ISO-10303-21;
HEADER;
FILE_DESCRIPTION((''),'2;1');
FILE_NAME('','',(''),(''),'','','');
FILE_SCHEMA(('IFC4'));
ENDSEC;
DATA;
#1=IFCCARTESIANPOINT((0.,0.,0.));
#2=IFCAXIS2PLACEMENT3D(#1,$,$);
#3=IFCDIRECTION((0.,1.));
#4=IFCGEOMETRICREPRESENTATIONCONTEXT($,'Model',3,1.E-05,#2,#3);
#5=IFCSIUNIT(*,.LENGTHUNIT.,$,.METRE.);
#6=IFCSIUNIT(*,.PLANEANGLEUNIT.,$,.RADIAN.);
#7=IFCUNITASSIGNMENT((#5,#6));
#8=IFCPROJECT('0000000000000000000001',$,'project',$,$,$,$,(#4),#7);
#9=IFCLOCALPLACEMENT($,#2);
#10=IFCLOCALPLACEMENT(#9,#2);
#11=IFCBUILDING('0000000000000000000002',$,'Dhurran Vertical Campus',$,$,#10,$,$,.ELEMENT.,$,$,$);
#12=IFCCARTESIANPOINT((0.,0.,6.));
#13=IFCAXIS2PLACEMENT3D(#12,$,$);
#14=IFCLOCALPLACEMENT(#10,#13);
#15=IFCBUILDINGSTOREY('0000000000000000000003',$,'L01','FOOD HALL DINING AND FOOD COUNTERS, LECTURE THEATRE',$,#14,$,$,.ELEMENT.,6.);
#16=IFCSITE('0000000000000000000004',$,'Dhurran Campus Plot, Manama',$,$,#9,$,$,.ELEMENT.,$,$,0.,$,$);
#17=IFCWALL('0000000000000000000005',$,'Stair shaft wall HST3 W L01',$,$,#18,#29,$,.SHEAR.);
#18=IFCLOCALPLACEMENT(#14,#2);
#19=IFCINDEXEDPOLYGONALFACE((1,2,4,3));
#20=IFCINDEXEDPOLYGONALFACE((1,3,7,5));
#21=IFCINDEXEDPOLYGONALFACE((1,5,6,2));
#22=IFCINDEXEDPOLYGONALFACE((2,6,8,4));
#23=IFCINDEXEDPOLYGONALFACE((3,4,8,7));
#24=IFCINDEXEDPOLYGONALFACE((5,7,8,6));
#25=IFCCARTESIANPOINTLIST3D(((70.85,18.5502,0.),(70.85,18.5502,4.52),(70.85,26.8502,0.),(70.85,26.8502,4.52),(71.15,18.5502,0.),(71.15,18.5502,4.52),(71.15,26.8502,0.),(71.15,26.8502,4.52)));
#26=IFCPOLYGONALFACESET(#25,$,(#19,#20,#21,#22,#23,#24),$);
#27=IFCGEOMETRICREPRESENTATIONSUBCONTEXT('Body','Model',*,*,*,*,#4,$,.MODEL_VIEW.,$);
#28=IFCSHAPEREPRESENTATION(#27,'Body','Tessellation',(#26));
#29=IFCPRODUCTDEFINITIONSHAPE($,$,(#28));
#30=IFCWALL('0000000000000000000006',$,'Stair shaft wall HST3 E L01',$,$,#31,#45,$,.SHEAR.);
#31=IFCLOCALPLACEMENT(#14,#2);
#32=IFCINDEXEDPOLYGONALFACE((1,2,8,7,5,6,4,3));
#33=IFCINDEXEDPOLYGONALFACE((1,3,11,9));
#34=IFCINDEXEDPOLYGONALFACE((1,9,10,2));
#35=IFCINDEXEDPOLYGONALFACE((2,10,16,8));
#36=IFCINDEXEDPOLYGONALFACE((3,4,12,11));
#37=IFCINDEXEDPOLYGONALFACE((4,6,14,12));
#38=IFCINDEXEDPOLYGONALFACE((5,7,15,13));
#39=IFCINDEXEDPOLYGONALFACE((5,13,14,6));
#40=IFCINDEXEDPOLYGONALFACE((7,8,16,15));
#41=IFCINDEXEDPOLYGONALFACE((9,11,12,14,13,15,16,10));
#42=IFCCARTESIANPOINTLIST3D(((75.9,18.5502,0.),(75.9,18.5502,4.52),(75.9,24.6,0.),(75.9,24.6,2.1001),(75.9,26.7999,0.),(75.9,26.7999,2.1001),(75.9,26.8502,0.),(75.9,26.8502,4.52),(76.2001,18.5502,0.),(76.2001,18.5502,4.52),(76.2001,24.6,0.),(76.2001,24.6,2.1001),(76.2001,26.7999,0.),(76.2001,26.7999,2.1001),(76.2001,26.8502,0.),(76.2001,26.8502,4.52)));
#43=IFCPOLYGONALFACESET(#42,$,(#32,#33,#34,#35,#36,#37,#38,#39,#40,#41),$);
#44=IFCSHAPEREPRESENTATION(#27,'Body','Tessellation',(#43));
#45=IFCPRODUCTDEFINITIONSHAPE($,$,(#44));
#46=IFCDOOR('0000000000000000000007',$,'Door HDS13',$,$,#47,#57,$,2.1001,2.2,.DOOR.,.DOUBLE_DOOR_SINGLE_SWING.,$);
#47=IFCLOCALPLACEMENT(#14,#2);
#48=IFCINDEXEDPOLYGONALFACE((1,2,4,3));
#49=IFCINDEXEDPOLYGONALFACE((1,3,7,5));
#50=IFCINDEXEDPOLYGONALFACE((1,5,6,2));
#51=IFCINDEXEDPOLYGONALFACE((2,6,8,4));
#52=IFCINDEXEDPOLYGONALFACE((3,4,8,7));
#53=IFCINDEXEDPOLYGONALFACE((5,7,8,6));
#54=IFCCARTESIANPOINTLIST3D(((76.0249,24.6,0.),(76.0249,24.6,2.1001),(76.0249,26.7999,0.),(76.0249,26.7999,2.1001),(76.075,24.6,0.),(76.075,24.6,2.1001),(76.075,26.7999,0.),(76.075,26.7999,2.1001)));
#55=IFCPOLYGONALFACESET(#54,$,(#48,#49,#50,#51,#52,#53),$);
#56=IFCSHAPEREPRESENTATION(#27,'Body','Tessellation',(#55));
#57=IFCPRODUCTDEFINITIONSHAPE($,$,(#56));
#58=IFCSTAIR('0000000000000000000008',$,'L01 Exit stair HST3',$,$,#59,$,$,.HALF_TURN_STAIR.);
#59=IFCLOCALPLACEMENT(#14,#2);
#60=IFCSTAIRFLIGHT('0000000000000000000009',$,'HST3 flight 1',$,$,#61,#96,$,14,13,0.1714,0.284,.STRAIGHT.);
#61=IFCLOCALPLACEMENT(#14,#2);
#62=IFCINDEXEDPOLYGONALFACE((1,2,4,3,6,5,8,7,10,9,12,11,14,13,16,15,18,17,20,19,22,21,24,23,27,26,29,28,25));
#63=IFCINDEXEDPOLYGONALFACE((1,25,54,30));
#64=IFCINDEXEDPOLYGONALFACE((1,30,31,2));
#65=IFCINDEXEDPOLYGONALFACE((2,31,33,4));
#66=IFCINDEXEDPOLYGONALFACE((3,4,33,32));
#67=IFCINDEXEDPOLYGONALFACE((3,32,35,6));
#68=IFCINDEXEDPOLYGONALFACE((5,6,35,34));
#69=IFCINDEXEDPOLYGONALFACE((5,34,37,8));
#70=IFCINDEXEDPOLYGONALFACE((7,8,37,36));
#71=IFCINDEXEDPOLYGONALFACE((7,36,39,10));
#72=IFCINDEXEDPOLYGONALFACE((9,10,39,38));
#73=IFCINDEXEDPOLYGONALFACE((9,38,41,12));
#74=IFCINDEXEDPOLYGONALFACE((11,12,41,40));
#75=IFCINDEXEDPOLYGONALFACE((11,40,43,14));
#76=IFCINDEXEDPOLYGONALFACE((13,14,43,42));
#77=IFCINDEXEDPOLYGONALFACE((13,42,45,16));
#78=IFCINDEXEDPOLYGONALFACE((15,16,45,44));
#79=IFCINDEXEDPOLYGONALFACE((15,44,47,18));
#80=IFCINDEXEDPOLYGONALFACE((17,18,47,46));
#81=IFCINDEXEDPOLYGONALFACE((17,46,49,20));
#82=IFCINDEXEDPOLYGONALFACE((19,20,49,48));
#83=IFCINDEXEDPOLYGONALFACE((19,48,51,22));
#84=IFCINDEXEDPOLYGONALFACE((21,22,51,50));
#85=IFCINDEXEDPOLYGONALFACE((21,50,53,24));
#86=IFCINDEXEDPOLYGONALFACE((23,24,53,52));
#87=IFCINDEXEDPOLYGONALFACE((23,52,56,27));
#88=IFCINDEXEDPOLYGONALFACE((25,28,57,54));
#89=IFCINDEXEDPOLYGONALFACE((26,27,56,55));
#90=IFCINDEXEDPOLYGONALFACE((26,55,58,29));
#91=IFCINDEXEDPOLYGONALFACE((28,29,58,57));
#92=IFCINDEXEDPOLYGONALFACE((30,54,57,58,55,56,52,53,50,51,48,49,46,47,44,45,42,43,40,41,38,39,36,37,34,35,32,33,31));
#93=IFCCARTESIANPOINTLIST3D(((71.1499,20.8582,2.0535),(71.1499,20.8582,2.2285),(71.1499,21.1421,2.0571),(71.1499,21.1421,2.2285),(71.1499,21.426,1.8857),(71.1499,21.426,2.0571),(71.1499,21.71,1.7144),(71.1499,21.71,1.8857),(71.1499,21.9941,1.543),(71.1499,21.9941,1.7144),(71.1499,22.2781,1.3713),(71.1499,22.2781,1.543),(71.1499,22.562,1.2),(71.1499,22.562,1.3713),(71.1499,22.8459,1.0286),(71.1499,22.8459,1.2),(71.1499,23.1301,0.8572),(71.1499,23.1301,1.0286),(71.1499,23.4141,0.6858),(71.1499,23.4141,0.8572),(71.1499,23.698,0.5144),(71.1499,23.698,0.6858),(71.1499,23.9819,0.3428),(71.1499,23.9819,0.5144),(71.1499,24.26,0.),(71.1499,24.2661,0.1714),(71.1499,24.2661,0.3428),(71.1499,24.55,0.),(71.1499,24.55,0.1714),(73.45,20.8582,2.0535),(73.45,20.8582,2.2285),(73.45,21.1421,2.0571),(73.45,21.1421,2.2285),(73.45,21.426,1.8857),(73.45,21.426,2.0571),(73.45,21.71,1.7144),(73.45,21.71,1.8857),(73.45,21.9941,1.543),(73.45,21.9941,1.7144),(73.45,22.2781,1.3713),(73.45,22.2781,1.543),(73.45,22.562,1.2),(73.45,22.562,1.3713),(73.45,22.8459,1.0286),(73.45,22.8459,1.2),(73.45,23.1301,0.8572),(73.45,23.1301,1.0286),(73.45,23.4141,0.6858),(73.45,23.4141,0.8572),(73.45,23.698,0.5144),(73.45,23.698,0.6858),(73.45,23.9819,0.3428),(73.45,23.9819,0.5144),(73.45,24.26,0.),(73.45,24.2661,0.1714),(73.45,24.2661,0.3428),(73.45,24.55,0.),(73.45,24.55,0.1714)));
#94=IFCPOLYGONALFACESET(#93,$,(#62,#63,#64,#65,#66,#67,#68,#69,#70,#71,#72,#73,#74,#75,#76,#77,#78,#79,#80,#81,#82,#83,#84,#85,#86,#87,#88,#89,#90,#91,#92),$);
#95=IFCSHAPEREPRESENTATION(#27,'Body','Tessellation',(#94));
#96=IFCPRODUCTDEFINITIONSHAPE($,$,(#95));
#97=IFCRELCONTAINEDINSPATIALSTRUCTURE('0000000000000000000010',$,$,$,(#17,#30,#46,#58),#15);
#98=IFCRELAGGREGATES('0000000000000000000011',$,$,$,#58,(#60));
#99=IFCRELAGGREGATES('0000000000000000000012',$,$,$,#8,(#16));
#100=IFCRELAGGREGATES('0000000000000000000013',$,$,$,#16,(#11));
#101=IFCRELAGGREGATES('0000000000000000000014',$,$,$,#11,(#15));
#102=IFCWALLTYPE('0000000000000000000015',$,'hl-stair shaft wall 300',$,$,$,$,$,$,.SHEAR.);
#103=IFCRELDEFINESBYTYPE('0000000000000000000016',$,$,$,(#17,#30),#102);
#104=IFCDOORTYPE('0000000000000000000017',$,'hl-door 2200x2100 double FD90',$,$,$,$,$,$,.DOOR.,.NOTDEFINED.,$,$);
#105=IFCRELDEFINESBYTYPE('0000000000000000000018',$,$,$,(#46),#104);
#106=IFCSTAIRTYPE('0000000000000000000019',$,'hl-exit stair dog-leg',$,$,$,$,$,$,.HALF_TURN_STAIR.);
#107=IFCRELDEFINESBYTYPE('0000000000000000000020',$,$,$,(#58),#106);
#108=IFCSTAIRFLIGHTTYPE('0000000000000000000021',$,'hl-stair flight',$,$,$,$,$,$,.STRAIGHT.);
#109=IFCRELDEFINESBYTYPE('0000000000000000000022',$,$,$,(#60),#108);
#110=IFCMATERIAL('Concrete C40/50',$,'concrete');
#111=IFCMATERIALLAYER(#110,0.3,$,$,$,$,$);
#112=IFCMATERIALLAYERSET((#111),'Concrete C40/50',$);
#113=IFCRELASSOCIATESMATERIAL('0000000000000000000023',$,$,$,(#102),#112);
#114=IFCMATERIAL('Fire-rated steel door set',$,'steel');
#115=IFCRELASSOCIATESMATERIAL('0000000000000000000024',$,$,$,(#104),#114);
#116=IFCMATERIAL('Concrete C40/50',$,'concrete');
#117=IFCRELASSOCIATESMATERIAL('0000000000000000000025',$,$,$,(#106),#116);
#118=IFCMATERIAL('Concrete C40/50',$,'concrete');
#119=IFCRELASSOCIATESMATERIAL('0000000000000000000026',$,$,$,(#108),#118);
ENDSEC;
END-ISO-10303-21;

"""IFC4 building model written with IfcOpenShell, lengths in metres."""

from ifc_helpers import new_model, si_unit, direction, frame, frame_2d, origin, place, context, subcontext, project, spatial, polyline, rectangle, outline, extrude, material, layer, layer_set, type_object, element, fill, aggregate, save


model = new_model("IFC4")

# Units and contexts
model_context = context("Model", 3, precision=1e-05, world=origin(), true_north=direction((0.0, 1.0)))
body_context = subcontext(model_context, "Body", "Model", "MODEL_VIEW")
ifc_project = project(units=[si_unit("LENGTHUNIT", "METRE"), si_unit("PLANEANGLEUNIT", "RADIAN")], contexts=[model_context])

# Site, building, storey
site_placement = place(None, origin())
site = spatial("IfcSite", under=ifc_project, at=site_placement, Name="Dhurran Campus Plot, Manama", CompositionType="ELEMENT", RefElevation=0.0)
building_placement = place(site_placement, origin())
building = spatial("IfcBuilding", under=site, at=building_placement, Name="Dhurran Vertical Campus", CompositionType="ELEMENT")
storey_placement = place(building_placement, frame((0.0, 0.0, 6.0)))
storey = spatial("IfcBuildingStorey", under=building, at=storey_placement, Name="L01", Description="FOOD HALL DINING AND FOOD COUNTERS, LECTURE THEATRE", CompositionType="ELEMENT", Elevation=6.0)

# Wall
ifc_material_1 = material(Name="Concrete C40/50", Category="concrete")
ifc_layer_1 = layer(ifc_material_1, 0.3)
ifc_layer_set_1 = layer_set([ifc_layer_1], Name="Concrete C40/50")
wall_type_1 = type_object("IfcWallType", Name="hl-stair shaft wall 300", PredefinedType="SHEAR", material=ifc_layer_set_1)
wall_1_placement = place(storey_placement, frame((71.0, 26.8501, 0.0), z_axis=(0.0, 0.0, 1.0), x_axis=(0.0, -1.0, 0.0)))
element("IfcWall", 1, at=wall_1_placement, inside=storey, type_object=wall_type_1, Name="Stair shaft wall HST3 W L01", PredefinedType="SHEAR", context=body_context, shape_type="SweptSolid", body=[
    extrude(rectangle(XDim=8.3, YDim=0.3, at=frame_2d((4.1499, 0.0))), origin(), (0.0, 0.0, 1.0), 4.52),
])

# Wall, opening, door
wall_2_placement = place(storey_placement, frame((76.05, 26.8501, 0.0), z_axis=(0.0, 0.0, 1.0), x_axis=(0.0, -1.0, 0.0)))
wall_2 = element("IfcWall", 2, at=wall_2_placement, inside=storey, type_object=wall_type_1, Name="Stair shaft wall HST3 E L01", PredefinedType="SHEAR", context=body_context, shape_type="SweptSolid", body=[
    extrude(rectangle(XDim=8.3, YDim=0.3, at=frame_2d((4.1499, 0.0))), origin(), (0.0, 0.0, 1.0), 4.52),
])
opening_1_placement = place(wall_2_placement, frame((0.05, 0.0, 0.0)))
opening_1 = element("IfcOpeningElement", 3, at=opening_1_placement, cuts=wall_2, PredefinedType="OPENING", context=body_context, shape_type="SweptSolid", body=[
    extrude(rectangle(XDim=2.2, YDim=2.1001, at=frame_2d((1.1001, 1.05))), frame((0.0, 0.1599, 0.0), z_axis=(0.0, -1.0, 0.0), x_axis=(1.0, 0.0, 0.0)), (0.0, 0.0, 1.0), 0.3201),
])
ifc_material_2 = material(Name="Fire-rated steel door set", Category="steel")
door_type_1 = type_object("IfcDoorType", Name="hl-door 2200x2100 double FD90", OperationType="NOTDEFINED", PredefinedType="DOOR", material=ifc_material_2)
door_1_placement = place(opening_1_placement, origin())
door_1 = element("IfcDoor", 4, at=door_1_placement, inside=storey, type_object=door_type_1, Name="Door HDS13", OperationType="DOUBLE_DOOR_SINGLE_SWING", OverallHeight=2.1001, OverallWidth=2.2, PredefinedType="DOOR", context=body_context, shape_type="SweptSolid", body=[
    extrude(rectangle(XDim=2.2, YDim=2.1001, at=frame_2d((1.1001, 1.05))), frame((0.0, 0.0249, 0.0), z_axis=(0.0, -1.0, 0.0), x_axis=(1.0, 0.0, 0.0)), (0.0, 0.0, 1.0), 0.05),
])
fill(opening_1, door_1)

# Stair, stair flight
ifc_material_3 = material(Name="Concrete C40/50", Category="concrete")
stair_type = type_object("IfcStairType", Name="hl-exit stair dog-leg", PredefinedType="HALF_TURN_STAIR", material=ifc_material_3)
stair_placement = place(storey_placement, origin())
stair = element("IfcStair", 5, at=stair_placement, inside=storey, type_object=stair_type, Name="L01 Exit stair HST3", PredefinedType="HALF_TURN_STAIR")
ifc_material_4 = material(Name="Concrete C40/50", Category="concrete")
stair_flight_type = type_object("IfcStairFlightType", Name="hl-stair flight", PredefinedType="STRAIGHT", material=ifc_material_4)
stair_flight_placement = place(storey_placement, frame((72.3, 24.55, 0.0), z_axis=(0.0, 0.0, 1.0), x_axis=(0.0, -1.0, 0.0)))
stair_flight = element("IfcStairFlight", 6, at=stair_flight_placement, type_object=stair_flight_type, Name="HST3 flight 1", NumberOfRisers=14, NumberOfTreads=13, PredefinedType="STRAIGHT", RiserHeight=0.1714, TreadLength=0.284, context=body_context, shape_type="SweptSolid", body=[
    extrude(outline(polyline([(0.0, 0.0), (0.0, 0.1714), (0.2839, 0.1714), (0.2839, 0.3428), (0.5681, 0.3428), (0.5681, 0.5144), (0.8521, 0.5144), (0.8521, 0.6858), (1.136, 0.6858), (1.136, 0.8572), (1.4199, 0.8572), (1.4199, 1.0286), (1.7041, 1.0286), (1.7041, 1.2), (1.988, 1.2), (1.988, 1.3713), (2.272, 1.3713), (2.272, 1.543), (2.5559, 1.543), (2.5559, 1.7144), (2.8401, 1.7144), (2.8401, 1.8857), (3.124, 1.8857), (3.124, 2.0571), (3.408, 2.0571), (3.408, 2.2285), (3.6919, 2.2285), (3.6919, 2.3999), (3.6919, 2.0535), (0.29, 0.0), (0.0, 0.0)])), frame((0.0, 1.1499, 0.0), z_axis=(0.0, -1.0, 0.0), x_axis=(1.0, 0.0, 0.0)), (0.0, 0.0, 1.0), 2.3),
])
aggregate(stair, [stair_flight])

save(model, "model.ifc")
